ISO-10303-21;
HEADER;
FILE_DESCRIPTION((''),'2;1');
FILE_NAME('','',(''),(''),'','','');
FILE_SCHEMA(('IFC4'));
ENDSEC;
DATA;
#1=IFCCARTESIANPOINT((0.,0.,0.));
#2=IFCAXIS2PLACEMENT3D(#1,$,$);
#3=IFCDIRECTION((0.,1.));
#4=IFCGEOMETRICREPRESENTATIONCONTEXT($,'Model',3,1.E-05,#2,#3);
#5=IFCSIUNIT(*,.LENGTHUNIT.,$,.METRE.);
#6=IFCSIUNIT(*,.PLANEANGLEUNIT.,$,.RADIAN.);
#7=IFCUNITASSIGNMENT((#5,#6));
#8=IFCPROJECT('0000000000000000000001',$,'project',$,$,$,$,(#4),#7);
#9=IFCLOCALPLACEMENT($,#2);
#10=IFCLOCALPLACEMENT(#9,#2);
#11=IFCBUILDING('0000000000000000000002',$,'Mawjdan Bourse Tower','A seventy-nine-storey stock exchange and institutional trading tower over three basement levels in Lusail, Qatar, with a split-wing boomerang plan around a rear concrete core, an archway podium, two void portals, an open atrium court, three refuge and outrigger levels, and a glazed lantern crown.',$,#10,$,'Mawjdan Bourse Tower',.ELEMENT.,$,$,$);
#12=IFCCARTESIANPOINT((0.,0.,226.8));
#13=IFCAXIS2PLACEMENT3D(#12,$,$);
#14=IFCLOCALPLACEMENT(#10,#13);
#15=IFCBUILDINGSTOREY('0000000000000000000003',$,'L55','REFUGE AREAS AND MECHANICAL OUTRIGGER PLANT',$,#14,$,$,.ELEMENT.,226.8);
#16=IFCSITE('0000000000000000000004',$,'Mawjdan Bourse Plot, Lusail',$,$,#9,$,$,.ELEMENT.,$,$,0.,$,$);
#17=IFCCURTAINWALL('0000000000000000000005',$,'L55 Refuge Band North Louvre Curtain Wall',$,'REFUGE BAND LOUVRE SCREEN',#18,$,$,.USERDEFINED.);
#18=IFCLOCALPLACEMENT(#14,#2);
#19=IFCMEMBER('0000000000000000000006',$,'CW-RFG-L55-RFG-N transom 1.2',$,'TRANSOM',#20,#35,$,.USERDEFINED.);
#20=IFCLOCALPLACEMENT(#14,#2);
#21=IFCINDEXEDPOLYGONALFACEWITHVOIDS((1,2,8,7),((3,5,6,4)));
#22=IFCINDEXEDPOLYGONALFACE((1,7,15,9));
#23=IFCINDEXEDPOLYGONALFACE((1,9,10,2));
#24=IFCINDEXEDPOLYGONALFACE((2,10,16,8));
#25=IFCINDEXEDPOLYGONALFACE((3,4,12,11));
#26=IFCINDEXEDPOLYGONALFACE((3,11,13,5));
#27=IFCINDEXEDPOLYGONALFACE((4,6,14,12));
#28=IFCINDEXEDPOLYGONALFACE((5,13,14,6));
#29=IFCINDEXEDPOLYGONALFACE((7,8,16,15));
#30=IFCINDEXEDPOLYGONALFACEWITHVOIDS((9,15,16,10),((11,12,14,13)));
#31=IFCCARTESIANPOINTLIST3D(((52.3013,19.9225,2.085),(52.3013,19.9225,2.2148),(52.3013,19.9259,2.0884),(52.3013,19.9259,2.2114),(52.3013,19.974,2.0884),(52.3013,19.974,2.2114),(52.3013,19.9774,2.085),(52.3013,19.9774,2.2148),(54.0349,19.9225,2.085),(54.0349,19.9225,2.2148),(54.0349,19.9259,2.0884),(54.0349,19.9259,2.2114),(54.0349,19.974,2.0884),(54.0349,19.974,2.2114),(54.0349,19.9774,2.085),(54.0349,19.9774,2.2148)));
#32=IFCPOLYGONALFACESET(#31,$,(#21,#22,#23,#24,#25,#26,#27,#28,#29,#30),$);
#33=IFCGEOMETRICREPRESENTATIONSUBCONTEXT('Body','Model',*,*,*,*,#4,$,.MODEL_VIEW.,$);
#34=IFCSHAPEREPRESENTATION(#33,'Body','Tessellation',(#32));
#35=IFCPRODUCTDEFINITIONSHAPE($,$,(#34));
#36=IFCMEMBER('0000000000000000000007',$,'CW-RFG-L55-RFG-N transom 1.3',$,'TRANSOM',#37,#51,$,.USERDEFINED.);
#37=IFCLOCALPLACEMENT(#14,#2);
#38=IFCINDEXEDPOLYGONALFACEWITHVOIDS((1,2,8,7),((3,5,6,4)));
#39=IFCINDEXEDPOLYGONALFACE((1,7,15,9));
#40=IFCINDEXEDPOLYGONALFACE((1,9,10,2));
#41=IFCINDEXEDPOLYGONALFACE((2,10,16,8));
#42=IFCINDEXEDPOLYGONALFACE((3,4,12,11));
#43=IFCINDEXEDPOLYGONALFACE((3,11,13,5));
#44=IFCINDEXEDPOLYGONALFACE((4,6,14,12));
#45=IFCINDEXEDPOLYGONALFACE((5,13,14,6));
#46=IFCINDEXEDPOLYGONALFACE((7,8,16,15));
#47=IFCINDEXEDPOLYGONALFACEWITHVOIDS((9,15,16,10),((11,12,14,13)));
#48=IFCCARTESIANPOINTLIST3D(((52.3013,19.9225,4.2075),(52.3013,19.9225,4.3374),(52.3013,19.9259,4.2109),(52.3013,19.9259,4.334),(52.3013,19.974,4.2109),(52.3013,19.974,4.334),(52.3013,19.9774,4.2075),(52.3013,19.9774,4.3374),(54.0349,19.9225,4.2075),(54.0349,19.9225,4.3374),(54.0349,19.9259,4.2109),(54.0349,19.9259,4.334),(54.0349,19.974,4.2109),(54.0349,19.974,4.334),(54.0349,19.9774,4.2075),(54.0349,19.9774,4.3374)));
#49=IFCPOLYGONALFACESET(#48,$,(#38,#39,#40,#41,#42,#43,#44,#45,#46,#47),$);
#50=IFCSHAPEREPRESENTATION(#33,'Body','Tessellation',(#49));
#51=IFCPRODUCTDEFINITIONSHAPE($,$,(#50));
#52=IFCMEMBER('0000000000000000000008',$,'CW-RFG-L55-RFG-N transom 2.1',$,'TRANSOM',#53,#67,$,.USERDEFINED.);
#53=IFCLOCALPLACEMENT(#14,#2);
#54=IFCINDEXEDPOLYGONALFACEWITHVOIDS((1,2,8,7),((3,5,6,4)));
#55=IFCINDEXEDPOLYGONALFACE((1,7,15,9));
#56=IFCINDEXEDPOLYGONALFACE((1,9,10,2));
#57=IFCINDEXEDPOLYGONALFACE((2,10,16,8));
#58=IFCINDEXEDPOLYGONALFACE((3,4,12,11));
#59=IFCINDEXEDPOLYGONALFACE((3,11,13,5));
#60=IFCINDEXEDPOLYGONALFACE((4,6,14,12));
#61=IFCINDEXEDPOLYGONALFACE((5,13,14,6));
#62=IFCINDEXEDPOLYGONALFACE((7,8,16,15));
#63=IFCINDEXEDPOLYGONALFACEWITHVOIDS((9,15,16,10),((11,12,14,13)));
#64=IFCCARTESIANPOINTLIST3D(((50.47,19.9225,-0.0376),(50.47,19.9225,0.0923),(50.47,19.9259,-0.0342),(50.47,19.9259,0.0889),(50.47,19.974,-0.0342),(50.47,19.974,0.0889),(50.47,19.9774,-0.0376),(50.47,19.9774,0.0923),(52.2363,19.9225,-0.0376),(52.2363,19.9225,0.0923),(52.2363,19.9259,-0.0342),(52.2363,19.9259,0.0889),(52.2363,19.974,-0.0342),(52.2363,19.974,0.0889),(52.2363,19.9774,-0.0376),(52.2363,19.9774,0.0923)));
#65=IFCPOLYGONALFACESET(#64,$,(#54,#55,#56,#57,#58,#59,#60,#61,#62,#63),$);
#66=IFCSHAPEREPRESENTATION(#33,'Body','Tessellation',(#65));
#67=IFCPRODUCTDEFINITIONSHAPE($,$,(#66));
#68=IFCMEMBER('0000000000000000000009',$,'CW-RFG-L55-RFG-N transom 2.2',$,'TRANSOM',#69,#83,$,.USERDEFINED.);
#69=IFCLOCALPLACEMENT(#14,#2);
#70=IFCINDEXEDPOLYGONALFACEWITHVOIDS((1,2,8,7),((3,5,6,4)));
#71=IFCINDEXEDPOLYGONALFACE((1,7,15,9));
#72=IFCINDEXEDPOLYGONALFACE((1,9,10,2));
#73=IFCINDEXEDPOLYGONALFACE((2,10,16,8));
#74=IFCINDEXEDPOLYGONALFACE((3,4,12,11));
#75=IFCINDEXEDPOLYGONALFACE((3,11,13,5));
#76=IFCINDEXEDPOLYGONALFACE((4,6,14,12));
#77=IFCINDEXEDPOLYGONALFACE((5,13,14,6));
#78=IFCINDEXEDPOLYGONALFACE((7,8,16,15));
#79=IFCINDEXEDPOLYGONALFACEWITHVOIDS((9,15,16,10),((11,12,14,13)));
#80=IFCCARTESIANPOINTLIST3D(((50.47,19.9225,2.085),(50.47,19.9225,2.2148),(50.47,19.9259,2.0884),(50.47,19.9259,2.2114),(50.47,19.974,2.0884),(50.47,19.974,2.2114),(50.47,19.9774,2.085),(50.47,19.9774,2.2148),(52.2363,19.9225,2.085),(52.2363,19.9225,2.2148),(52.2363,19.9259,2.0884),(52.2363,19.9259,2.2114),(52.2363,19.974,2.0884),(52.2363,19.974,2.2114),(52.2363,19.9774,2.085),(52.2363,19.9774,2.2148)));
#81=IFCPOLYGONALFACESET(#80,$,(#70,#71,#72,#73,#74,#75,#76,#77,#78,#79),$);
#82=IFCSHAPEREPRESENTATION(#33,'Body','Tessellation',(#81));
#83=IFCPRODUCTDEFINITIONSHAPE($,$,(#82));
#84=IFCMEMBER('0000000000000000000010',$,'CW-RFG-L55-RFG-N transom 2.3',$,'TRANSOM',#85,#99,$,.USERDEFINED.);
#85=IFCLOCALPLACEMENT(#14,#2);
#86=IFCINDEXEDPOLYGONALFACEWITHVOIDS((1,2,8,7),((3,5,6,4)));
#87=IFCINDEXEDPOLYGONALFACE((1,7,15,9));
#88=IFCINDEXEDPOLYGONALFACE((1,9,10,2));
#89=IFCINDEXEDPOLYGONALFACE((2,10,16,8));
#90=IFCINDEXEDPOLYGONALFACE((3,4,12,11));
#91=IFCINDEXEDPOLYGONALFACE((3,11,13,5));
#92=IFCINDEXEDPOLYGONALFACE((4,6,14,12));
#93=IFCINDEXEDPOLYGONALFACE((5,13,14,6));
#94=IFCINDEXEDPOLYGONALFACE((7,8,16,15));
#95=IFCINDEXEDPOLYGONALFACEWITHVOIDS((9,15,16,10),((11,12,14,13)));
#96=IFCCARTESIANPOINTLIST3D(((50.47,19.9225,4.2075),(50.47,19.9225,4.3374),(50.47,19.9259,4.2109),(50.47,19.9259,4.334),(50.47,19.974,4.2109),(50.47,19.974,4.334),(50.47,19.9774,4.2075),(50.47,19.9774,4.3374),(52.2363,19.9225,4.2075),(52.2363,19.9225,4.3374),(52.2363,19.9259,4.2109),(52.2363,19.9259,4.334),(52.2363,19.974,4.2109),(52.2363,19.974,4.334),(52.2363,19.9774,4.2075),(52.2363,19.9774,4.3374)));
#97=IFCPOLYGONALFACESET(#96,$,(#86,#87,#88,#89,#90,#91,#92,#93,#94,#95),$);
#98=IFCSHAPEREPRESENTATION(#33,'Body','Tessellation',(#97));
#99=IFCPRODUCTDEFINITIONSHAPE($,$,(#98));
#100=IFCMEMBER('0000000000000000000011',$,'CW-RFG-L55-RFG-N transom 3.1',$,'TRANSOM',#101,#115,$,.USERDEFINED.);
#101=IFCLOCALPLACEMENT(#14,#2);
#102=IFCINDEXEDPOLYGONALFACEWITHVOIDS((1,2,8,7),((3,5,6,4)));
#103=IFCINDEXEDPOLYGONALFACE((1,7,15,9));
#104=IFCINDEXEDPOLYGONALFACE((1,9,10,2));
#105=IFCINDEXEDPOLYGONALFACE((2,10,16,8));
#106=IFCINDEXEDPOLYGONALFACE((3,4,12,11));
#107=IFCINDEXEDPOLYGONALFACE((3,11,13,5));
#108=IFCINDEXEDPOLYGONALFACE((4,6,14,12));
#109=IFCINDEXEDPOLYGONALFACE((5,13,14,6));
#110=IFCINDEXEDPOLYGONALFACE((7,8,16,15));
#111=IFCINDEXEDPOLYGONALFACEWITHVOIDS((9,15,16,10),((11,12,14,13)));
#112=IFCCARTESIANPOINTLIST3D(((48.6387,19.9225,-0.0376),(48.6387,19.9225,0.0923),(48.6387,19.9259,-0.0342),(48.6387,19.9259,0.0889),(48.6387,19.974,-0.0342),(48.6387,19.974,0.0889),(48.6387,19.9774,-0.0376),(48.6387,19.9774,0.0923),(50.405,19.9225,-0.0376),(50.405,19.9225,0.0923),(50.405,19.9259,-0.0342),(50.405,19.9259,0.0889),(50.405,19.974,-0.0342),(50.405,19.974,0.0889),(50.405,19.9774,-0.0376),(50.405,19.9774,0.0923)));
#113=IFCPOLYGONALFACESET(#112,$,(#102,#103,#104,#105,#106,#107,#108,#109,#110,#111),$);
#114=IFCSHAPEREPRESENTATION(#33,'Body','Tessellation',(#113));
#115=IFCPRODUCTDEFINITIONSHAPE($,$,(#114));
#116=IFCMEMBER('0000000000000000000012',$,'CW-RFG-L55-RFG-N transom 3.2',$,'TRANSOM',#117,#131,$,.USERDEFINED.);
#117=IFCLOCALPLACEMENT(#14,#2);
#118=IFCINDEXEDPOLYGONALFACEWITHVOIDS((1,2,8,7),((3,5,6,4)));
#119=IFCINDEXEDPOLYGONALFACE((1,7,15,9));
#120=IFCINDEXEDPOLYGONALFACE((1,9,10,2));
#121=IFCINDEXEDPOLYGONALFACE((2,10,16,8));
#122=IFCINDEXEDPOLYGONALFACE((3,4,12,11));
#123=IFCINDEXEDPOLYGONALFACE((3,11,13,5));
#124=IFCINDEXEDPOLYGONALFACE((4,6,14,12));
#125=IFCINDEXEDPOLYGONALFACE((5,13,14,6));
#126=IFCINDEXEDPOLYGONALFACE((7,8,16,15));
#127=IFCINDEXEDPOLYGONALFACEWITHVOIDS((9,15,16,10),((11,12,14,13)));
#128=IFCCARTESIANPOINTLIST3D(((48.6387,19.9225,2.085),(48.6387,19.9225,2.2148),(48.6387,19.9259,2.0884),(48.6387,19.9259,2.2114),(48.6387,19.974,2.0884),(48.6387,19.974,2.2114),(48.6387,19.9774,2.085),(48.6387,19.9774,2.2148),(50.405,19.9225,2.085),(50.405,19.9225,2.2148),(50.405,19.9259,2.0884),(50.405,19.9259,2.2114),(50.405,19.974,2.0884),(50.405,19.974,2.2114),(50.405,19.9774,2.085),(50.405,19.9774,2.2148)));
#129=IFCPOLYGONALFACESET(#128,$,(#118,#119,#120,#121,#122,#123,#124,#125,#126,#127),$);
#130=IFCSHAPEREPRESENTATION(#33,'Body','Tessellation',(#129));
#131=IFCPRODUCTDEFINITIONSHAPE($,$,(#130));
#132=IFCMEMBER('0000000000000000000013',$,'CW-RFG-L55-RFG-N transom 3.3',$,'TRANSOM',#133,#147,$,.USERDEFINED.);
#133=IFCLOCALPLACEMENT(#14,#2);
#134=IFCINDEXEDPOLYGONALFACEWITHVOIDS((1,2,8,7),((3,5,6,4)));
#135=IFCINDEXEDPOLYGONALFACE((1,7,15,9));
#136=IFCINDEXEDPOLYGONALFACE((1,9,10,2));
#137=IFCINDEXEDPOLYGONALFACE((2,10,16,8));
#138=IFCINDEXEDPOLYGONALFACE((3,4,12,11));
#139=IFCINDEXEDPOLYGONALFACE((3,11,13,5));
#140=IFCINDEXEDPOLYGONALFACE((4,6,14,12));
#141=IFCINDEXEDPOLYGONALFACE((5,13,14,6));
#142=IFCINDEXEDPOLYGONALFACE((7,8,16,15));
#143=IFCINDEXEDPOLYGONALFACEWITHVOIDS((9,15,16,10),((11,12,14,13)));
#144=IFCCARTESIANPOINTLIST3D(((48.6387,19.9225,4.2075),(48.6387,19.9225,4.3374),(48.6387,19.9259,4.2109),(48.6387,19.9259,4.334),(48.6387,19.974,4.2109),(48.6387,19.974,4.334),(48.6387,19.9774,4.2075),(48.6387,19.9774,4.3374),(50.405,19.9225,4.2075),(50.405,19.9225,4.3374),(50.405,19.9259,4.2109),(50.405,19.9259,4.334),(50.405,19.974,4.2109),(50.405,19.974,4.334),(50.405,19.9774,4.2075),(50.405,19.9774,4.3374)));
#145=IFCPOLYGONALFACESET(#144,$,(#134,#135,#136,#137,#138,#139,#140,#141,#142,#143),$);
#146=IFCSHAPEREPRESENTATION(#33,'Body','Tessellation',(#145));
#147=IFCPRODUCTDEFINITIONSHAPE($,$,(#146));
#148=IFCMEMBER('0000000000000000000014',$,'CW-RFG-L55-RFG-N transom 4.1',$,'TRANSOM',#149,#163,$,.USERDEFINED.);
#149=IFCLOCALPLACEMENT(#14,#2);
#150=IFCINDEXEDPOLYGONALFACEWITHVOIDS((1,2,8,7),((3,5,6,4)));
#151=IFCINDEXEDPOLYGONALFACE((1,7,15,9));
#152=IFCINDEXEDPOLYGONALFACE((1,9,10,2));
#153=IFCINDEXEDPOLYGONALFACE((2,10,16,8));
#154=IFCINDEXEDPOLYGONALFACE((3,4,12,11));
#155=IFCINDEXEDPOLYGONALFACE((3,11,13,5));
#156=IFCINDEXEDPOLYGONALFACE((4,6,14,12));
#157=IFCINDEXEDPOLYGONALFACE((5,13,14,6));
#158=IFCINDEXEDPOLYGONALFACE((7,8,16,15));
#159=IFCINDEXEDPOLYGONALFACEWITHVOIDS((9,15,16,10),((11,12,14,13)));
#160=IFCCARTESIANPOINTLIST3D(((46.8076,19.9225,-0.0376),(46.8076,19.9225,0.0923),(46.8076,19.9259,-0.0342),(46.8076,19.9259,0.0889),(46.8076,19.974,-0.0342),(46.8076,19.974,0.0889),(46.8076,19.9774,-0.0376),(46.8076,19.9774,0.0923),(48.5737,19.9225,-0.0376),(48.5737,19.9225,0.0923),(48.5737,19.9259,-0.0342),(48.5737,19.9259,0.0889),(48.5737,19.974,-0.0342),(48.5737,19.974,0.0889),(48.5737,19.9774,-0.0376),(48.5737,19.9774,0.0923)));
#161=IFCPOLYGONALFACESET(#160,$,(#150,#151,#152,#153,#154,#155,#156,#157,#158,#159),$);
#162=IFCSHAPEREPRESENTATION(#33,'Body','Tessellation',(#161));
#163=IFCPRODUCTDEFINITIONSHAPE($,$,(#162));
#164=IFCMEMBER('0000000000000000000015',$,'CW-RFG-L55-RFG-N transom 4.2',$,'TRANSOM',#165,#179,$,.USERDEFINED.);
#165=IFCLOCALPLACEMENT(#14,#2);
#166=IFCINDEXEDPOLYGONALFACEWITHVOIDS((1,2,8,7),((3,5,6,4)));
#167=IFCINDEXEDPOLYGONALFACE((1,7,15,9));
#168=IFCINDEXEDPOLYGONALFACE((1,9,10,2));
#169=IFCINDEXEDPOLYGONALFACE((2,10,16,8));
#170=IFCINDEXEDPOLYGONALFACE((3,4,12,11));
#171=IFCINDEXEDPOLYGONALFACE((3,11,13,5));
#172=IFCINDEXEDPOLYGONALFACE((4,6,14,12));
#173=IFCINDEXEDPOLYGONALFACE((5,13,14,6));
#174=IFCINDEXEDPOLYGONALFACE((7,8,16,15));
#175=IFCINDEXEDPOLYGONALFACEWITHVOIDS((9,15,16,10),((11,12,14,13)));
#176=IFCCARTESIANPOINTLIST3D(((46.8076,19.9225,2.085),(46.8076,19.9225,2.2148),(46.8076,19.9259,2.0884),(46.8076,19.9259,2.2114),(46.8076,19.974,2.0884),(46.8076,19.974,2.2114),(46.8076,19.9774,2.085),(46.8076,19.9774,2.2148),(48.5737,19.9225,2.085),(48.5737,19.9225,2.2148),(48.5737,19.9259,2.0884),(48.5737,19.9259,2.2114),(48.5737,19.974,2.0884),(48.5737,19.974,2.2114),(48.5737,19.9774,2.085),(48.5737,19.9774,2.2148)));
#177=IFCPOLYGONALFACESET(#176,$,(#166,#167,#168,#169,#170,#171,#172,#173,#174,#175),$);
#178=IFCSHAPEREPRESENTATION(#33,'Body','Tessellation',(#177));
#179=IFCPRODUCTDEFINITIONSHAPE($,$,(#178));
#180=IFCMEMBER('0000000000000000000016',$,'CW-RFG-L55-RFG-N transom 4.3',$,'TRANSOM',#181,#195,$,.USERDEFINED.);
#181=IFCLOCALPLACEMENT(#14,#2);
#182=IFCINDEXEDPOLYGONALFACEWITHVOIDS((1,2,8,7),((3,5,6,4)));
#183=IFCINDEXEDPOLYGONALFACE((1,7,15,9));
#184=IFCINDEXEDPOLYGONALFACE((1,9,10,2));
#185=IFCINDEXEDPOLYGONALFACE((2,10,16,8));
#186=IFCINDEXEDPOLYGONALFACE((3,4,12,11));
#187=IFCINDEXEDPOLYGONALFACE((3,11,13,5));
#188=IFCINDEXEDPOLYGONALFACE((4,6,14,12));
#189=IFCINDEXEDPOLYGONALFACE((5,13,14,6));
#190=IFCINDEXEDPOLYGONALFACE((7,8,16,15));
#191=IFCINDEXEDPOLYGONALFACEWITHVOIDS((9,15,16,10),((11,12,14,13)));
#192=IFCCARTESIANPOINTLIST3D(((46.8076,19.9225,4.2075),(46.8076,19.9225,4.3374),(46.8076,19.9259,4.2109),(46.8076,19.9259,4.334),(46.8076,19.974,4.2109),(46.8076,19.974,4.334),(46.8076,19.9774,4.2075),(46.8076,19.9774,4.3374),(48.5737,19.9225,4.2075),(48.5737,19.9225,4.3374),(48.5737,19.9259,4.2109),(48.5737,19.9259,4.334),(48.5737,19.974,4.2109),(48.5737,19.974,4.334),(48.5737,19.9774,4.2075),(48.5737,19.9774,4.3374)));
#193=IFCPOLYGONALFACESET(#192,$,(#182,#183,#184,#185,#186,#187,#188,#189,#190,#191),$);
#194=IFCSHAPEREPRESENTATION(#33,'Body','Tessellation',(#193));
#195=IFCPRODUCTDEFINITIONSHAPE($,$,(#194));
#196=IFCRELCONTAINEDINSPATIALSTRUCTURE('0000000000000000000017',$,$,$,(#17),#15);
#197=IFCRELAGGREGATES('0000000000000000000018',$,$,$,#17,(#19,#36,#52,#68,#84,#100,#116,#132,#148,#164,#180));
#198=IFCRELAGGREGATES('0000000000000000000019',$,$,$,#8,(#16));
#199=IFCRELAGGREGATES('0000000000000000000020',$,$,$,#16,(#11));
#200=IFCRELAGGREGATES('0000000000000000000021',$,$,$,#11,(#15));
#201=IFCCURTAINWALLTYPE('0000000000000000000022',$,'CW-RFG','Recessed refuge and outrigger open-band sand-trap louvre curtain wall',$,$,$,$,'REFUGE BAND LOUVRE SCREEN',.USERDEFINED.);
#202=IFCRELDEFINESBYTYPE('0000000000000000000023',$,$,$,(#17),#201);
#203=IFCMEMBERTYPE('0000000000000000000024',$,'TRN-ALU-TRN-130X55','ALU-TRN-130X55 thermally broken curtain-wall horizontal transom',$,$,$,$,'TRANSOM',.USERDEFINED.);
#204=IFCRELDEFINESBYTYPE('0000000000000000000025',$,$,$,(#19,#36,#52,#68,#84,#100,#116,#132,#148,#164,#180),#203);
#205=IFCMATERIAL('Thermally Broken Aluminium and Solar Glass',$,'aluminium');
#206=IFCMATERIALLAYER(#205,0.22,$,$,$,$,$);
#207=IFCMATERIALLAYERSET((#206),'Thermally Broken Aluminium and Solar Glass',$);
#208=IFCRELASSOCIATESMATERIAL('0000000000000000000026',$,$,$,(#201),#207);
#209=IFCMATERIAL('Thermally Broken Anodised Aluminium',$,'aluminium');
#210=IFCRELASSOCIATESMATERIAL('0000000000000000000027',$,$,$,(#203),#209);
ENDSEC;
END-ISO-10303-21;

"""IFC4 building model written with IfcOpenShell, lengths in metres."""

from ifc_helpers import new_model, si_unit, direction, frame, origin, origin_2d, place, context, subcontext, project, spatial, hollow_rectangle, extrude, material, layer, layer_set, material_profile, profile_set, type_object, element, aggregate, save


model = new_model("IFC4")

# Units and contexts
model_context = context("Model", 3, precision=1e-05, world=origin(), true_north=direction((0.0, 1.0)))
body_context = subcontext(model_context, "Body", "Model", "MODEL_VIEW")
ifc_project = project(units=[si_unit("LENGTHUNIT", "METRE"), si_unit("PLANEANGLEUNIT", "RADIAN")], contexts=[model_context])

# Site, building, storey
site_placement = place(None, origin())
site = spatial("IfcSite", under=ifc_project, at=site_placement, Name="Mawjdan Bourse Plot, Lusail", CompositionType="ELEMENT", RefElevation=0.0)
building_placement = place(site_placement, origin())
building = spatial("IfcBuilding", under=site, at=building_placement, Name="Mawjdan Bourse Tower", Description="A seventy-nine-storey stock exchange and institutional trading tower over three basement levels in Lusail, Qatar, with a split-wing boomerang plan around a rear concrete core, an archway podium, two void portals, an open atrium court, three refuge and outrigger levels, and a glazed lantern crown.", LongName="Mawjdan Bourse Tower", CompositionType="ELEMENT")
storey_placement = place(building_placement, frame((0.0, 0.0, 226.8)))
storey = spatial("IfcBuildingStorey", under=building, at=storey_placement, Name="L55", Description="REFUGE AREAS AND MECHANICAL OUTRIGGER PLANT", CompositionType="ELEMENT", Elevation=226.8)

# Curtain wall
ifc_material_1 = material(Name="Thermally Broken Aluminium and Solar Glass", Category="aluminium")
ifc_layer_1 = layer(ifc_material_1, 0.22)
ifc_layer_set_1 = layer_set([ifc_layer_1], Name="Thermally Broken Aluminium and Solar Glass")
curtain_wall_type = type_object("IfcCurtainWallType", Name="CW-RFG", Description="Recessed refuge and outrigger open-band sand-trap louvre curtain wall", ElementType="REFUGE BAND LOUVRE SCREEN", PredefinedType="USERDEFINED", material=ifc_layer_set_1)
curtain_wall_placement = place(storey_placement, origin())
curtain_wall = element("IfcCurtainWall", 1, at=curtain_wall_placement, inside=storey, type_object=curtain_wall_type, Name="L55 Refuge Band North Louvre Curtain Wall", ObjectType="REFUGE BAND LOUVRE SCREEN", PredefinedType="USERDEFINED")
ifc_material_2 = material(Name="Thermally Broken Anodised Aluminium", Category="aluminium")

# Members
ifc_material_profile_1 = material_profile(ifc_material_2, hollow_rectangle(XDim=0.0549, YDim=0.1299, WallThickness=0.0034, at=origin_2d()), Name="ALU-TRN-130X55")
ifc_profile_set_1 = profile_set([ifc_material_profile_1], Name="Thermally Broken Anodised Aluminium")
member_type_1 = type_object("IfcMemberType", Name="TRN-ALU-TRN-130X55", Description="ALU-TRN-130X55 thermally broken curtain-wall horizontal transom", ElementType="TRANSOM", PredefinedType="USERDEFINED", material=ifc_profile_set_1)
member_1_placement = place(storey_placement, frame((54.0349, 19.95, 2.1499), z_axis=(-1.0, 0.0, 0.0), x_axis=(0.0, -1.0, 0.0)))
member_1 = element("IfcMember", 2, at=member_1_placement, type_object=member_type_1, Name="CW-RFG-L55-RFG-N transom 1.2", ObjectType="TRANSOM", PredefinedType="USERDEFINED", context=body_context, shape_type="SweptSolid", body=[
    extrude(hollow_rectangle(XDim=0.0549, YDim=0.1299, WallThickness=0.0034, at=origin_2d()), origin(), (0.0, 0.0, 1.0), 1.7336),
])
member_2_placement = place(storey_placement, frame((54.0349, 19.95, 4.2725), z_axis=(-1.0, 0.0, 0.0), x_axis=(0.0, -1.0, 0.0)))
member_2 = element("IfcMember", 3, at=member_2_placement, type_object=member_type_1, Name="CW-RFG-L55-RFG-N transom 1.3", ObjectType="TRANSOM", PredefinedType="USERDEFINED", context=body_context, shape_type="SweptSolid", body=[
    extrude(hollow_rectangle(XDim=0.0549, YDim=0.1299, WallThickness=0.0034, at=origin_2d()), origin(), (0.0, 0.0, 1.0), 1.7336),
])
member_3_placement = place(storey_placement, frame((52.2363, 19.95, 0.0273), z_axis=(-1.0, 0.0, 0.0), x_axis=(0.0, -1.0, 0.0)))
member_3 = element("IfcMember", 4, at=member_3_placement, type_object=member_type_1, Name="CW-RFG-L55-RFG-N transom 2.1", ObjectType="TRANSOM", PredefinedType="USERDEFINED", context=body_context, shape_type="SweptSolid", body=[
    extrude(hollow_rectangle(XDim=0.0549, YDim=0.1299, WallThickness=0.0034, at=origin_2d()), origin(), (0.0, 0.0, 1.0), 1.7664),
])
member_4_placement = place(storey_placement, frame((52.2363, 19.95, 2.1499), z_axis=(-1.0, 0.0, 0.0), x_axis=(0.0, -1.0, 0.0)))
member_4 = element("IfcMember", 5, at=member_4_placement, type_object=member_type_1, Name="CW-RFG-L55-RFG-N transom 2.2", ObjectType="TRANSOM", PredefinedType="USERDEFINED", context=body_context, shape_type="SweptSolid", body=[
    extrude(hollow_rectangle(XDim=0.0549, YDim=0.1299, WallThickness=0.0034, at=origin_2d()), origin(), (0.0, 0.0, 1.0), 1.7664),
])
member_5_placement = place(storey_placement, frame((52.2363, 19.95, 4.2725), z_axis=(-1.0, 0.0, 0.0), x_axis=(0.0, -1.0, 0.0)))
member_5 = element("IfcMember", 6, at=member_5_placement, type_object=member_type_1, Name="CW-RFG-L55-RFG-N transom 2.3", ObjectType="TRANSOM", PredefinedType="USERDEFINED", context=body_context, shape_type="SweptSolid", body=[
    extrude(hollow_rectangle(XDim=0.0549, YDim=0.1299, WallThickness=0.0034, at=origin_2d()), origin(), (0.0, 0.0, 1.0), 1.7664),
])
member_6_placement = place(storey_placement, frame((50.405, 19.95, 0.0273), z_axis=(-1.0, 0.0, 0.0), x_axis=(0.0, -1.0, 0.0)))
member_6 = element("IfcMember", 7, at=member_6_placement, type_object=member_type_1, Name="CW-RFG-L55-RFG-N transom 3.1", ObjectType="TRANSOM", PredefinedType="USERDEFINED", context=body_context, shape_type="SweptSolid", body=[
    extrude(hollow_rectangle(XDim=0.0549, YDim=0.1299, WallThickness=0.0034, at=origin_2d()), origin(), (0.0, 0.0, 1.0), 1.7664),
])
member_7_placement = place(storey_placement, frame((50.405, 19.95, 2.1499), z_axis=(-1.0, 0.0, 0.0), x_axis=(0.0, -1.0, 0.0)))
member_7 = element("IfcMember", 8, at=member_7_placement, type_object=member_type_1, Name="CW-RFG-L55-RFG-N transom 3.2", ObjectType="TRANSOM", PredefinedType="USERDEFINED", context=body_context, shape_type="SweptSolid", body=[
    extrude(hollow_rectangle(XDim=0.0549, YDim=0.1299, WallThickness=0.0034, at=origin_2d()), origin(), (0.0, 0.0, 1.0), 1.7664),
])
member_8_placement = place(storey_placement, frame((50.405, 19.95, 4.2725), z_axis=(-1.0, 0.0, 0.0), x_axis=(0.0, -1.0, 0.0)))
member_8 = element("IfcMember", 9, at=member_8_placement, type_object=member_type_1, Name="CW-RFG-L55-RFG-N transom 3.3", ObjectType="TRANSOM", PredefinedType="USERDEFINED", context=body_context, shape_type="SweptSolid", body=[
    extrude(hollow_rectangle(XDim=0.0549, YDim=0.1299, WallThickness=0.0034, at=origin_2d()), origin(), (0.0, 0.0, 1.0), 1.7664),
])
member_9_placement = place(storey_placement, frame((48.5737, 19.95, 0.0273), z_axis=(-1.0, 0.0, 0.0), x_axis=(0.0, -1.0, 0.0)))
member_9 = element("IfcMember", 10, at=member_9_placement, type_object=member_type_1, Name="CW-RFG-L55-RFG-N transom 4.1", ObjectType="TRANSOM", PredefinedType="USERDEFINED", context=body_context, shape_type="SweptSolid", body=[
    extrude(hollow_rectangle(XDim=0.0549, YDim=0.1299, WallThickness=0.0034, at=origin_2d()), origin(), (0.0, 0.0, 1.0), 1.7661),
])
member_10_placement = place(storey_placement, frame((48.5737, 19.95, 2.1499), z_axis=(-1.0, 0.0, 0.0), x_axis=(0.0, -1.0, 0.0)))
member_10 = element("IfcMember", 11, at=member_10_placement, type_object=member_type_1, Name="CW-RFG-L55-RFG-N transom 4.2", ObjectType="TRANSOM", PredefinedType="USERDEFINED", context=body_context, shape_type="SweptSolid", body=[
    extrude(hollow_rectangle(XDim=0.0549, YDim=0.1299, WallThickness=0.0034, at=origin_2d()), origin(), (0.0, 0.0, 1.0), 1.7661),
])
member_11_placement = place(storey_placement, frame((48.5737, 19.95, 4.2725), z_axis=(-1.0, 0.0, 0.0), x_axis=(0.0, -1.0, 0.0)))
member_11 = element("IfcMember", 12, at=member_11_placement, type_object=member_type_1, Name="CW-RFG-L55-RFG-N transom 4.3", ObjectType="TRANSOM", PredefinedType="USERDEFINED", context=body_context, shape_type="SweptSolid", body=[
    extrude(hollow_rectangle(XDim=0.0549, YDim=0.1299, WallThickness=0.0034, at=origin_2d()), origin(), (0.0, 0.0, 1.0), 1.7661),
])

aggregate(curtain_wall, [member_1, member_2, member_3, member_4, member_5, member_6, member_7, member_8, member_9, member_10, member_11])

save(model, "model.ifc")
